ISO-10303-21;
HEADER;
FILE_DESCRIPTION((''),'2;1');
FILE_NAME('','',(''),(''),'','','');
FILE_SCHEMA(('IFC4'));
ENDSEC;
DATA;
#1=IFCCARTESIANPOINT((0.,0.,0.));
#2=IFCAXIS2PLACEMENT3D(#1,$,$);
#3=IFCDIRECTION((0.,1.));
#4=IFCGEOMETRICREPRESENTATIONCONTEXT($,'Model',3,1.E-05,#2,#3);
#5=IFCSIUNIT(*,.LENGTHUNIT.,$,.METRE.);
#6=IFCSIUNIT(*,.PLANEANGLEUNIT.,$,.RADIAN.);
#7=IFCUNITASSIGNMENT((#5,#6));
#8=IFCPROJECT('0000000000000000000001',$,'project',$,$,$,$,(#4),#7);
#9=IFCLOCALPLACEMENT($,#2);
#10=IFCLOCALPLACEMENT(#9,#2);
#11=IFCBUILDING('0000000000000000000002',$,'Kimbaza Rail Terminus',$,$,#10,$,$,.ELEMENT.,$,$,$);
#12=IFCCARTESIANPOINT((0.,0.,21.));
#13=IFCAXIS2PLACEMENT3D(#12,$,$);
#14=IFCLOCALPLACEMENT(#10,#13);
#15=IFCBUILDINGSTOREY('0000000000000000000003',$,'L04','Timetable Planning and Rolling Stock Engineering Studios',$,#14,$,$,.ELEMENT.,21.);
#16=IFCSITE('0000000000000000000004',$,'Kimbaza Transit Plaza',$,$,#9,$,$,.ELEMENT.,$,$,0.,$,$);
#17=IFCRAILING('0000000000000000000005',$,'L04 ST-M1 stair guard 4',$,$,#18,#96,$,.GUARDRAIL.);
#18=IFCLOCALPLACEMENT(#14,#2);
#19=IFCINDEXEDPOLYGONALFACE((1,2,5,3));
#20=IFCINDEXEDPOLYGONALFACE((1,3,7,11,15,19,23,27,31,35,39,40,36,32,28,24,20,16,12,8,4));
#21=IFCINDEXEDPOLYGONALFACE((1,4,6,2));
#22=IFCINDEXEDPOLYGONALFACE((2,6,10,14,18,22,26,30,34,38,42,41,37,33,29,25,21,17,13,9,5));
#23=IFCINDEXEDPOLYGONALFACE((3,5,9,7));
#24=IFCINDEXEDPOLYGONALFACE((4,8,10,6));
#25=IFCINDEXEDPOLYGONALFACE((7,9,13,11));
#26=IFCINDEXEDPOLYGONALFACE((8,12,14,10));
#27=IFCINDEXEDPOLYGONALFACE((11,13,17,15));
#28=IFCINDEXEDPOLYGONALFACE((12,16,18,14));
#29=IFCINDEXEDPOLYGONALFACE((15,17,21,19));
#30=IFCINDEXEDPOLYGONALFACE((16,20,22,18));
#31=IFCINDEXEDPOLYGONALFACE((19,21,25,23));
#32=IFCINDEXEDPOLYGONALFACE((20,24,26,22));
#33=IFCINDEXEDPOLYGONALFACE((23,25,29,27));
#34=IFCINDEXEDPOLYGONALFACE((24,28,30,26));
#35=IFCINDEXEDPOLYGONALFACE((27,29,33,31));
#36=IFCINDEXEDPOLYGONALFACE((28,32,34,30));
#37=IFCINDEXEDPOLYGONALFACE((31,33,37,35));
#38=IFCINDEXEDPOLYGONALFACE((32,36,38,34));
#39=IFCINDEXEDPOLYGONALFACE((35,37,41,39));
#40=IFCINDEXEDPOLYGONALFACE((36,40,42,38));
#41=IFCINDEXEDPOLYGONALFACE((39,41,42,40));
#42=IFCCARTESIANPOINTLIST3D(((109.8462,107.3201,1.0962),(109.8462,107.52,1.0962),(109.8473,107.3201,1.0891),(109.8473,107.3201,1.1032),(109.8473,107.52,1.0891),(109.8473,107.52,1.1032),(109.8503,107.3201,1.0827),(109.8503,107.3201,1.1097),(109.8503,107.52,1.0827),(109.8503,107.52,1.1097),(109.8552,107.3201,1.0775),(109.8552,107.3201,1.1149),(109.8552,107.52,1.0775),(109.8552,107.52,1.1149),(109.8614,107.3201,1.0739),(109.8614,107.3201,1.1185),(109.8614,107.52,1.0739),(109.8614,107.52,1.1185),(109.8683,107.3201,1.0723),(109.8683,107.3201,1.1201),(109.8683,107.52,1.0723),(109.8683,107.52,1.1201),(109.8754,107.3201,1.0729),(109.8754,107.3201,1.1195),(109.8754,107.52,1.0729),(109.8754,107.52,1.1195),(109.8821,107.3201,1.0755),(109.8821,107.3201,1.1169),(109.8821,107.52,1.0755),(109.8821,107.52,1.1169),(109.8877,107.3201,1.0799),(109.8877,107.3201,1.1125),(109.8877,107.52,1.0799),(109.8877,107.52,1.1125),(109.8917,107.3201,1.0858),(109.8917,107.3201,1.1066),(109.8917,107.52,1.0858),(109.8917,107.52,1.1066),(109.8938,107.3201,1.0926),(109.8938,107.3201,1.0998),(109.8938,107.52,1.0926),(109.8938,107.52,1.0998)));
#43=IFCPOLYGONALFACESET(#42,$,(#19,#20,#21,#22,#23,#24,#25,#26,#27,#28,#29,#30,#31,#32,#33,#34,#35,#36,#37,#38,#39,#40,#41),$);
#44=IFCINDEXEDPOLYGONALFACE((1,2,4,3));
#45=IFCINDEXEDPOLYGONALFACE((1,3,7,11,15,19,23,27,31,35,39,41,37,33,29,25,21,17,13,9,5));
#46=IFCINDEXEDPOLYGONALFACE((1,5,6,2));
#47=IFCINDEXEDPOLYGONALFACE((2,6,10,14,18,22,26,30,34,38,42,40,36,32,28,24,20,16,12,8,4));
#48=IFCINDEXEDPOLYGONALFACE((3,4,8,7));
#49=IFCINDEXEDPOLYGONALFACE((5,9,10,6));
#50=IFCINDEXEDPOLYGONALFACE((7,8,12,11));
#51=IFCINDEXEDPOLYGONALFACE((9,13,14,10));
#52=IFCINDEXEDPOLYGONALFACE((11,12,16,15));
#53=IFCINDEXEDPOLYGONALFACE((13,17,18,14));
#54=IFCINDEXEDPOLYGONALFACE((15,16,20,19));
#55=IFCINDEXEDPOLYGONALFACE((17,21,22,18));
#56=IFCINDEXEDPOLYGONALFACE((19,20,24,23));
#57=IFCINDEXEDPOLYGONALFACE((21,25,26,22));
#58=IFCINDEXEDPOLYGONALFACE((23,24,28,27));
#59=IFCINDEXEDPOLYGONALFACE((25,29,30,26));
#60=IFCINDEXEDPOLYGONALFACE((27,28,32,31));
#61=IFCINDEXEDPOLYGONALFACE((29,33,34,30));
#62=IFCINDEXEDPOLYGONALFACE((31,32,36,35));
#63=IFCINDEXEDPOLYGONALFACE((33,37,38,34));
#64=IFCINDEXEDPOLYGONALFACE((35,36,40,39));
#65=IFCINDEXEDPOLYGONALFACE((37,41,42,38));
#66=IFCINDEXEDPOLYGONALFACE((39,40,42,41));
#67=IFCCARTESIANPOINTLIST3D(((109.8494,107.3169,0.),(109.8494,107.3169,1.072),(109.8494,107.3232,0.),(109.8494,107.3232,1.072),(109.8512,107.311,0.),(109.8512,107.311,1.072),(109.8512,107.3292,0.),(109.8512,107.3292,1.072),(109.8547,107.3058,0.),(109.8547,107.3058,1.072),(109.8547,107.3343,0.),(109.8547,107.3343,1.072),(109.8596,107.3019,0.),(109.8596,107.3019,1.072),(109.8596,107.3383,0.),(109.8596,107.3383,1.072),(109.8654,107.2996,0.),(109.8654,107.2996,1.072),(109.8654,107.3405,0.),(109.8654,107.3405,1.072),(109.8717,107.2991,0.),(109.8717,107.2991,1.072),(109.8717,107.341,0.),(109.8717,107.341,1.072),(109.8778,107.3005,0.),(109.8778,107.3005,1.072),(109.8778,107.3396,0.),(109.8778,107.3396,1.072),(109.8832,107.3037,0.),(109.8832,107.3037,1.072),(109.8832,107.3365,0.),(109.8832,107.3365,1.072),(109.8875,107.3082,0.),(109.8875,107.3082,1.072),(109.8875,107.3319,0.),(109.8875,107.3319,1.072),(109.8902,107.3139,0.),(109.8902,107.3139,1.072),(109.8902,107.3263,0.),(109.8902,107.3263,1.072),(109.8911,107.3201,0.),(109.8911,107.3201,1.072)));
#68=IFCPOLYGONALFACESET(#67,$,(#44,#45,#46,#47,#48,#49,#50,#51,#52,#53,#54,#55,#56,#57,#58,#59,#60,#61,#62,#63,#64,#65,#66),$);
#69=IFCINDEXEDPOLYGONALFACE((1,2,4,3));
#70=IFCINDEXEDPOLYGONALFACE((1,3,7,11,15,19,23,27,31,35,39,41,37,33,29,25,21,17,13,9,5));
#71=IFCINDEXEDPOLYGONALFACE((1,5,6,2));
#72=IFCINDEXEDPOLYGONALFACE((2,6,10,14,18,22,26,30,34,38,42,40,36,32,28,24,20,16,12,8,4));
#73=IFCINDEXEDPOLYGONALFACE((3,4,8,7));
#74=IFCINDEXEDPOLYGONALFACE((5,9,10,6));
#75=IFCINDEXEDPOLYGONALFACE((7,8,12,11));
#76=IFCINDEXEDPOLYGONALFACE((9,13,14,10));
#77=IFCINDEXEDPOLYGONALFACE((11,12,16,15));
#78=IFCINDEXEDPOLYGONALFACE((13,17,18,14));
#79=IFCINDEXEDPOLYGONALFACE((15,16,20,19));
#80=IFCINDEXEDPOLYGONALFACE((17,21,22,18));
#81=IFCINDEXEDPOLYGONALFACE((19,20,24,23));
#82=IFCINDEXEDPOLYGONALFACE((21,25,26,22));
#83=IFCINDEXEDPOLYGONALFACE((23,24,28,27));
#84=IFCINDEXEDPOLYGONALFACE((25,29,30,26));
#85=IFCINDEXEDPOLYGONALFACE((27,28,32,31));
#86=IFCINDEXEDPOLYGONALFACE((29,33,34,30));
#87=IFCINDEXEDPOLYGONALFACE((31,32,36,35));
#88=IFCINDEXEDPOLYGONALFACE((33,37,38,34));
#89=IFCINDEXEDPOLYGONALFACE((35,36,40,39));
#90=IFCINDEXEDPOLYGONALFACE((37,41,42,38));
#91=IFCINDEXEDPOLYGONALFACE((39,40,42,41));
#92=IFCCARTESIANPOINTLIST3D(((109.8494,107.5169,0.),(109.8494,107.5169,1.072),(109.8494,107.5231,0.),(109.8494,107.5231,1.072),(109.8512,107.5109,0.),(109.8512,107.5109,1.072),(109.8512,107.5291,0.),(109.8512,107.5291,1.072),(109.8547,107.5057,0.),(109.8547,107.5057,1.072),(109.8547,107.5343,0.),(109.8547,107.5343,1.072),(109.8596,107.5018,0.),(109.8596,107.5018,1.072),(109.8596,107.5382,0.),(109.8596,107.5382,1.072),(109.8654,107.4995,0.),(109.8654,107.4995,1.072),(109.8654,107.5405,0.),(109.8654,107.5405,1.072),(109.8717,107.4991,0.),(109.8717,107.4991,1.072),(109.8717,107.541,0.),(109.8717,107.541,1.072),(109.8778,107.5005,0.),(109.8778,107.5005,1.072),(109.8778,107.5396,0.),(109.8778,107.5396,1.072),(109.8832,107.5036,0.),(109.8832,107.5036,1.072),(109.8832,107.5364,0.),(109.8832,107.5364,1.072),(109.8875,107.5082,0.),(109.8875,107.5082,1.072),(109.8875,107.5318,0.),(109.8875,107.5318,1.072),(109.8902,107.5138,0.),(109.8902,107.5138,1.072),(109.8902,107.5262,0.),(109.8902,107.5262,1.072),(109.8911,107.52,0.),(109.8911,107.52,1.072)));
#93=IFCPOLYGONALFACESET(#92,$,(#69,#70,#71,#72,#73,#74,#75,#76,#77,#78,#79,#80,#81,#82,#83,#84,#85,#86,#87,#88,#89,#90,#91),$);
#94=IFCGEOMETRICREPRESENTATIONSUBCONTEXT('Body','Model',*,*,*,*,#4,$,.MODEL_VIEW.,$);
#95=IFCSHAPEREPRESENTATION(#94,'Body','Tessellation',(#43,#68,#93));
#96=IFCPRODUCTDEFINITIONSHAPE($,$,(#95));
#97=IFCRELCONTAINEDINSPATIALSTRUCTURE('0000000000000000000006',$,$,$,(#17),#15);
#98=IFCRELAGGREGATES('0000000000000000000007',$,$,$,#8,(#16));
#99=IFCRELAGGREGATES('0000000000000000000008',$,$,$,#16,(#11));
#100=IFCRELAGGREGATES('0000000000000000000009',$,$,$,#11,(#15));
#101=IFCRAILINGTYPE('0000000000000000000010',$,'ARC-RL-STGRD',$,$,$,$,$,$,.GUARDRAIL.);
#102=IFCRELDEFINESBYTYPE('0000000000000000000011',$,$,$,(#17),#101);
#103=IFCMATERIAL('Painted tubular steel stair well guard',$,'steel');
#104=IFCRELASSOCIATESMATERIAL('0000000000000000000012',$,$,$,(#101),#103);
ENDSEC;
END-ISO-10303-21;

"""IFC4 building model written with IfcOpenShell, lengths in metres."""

from ifc_helpers import new_model, si_unit, direction, frame, origin, origin_2d, place, context, subcontext, project, spatial, circle, extrude, material, type_object, element, save


model = new_model("IFC4")

# Units and contexts
model_context = context("Model", 3, precision=1e-05, world=origin(), true_north=direction((0.0, 1.0)))
body_context = subcontext(model_context, "Body", "Model", "MODEL_VIEW")
ifc_project = project(units=[si_unit("LENGTHUNIT", "METRE"), si_unit("PLANEANGLEUNIT", "RADIAN")], contexts=[model_context])

# Site, building, storey
site_placement = place(None, origin())
site = spatial("IfcSite", under=ifc_project, at=site_placement, Name="Kimbaza Transit Plaza", CompositionType="ELEMENT", RefElevation=0.0)
building_placement = place(site_placement, origin())
building = spatial("IfcBuilding", under=site, at=building_placement, Name="Kimbaza Rail Terminus", CompositionType="ELEMENT")
storey_placement = place(building_placement, frame((0.0, 0.0, 21.0)))
storey = spatial("IfcBuildingStorey", under=building, at=storey_placement, Name="L04", Description="Timetable Planning and Rolling Stock Engineering Studios", CompositionType="ELEMENT", Elevation=21.0)

# Railing
ifc_material_1 = material(Name="Painted tubular steel stair well guard", Category="steel")
railing_type_1 = type_object("IfcRailingType", Name="ARC-RL-STGRD", PredefinedType="GUARDRAIL", material=ifc_material_1)
railing_1_placement = place(storey_placement, frame((109.8701, 107.3201, 0.0)))
element("IfcRailing", 1, at=railing_1_placement, inside=storey, type_object=railing_type_1, Name="L04 ST-M1 stair guard 4", PredefinedType="GUARDRAIL", context=body_context, shape_type="SweptSolid", body=[
    extrude(circle(Radius=0.0239, at=origin_2d()), frame((0.0, 0.0, 1.0962), z_axis=(0.0, 1.0, 0.0), x_axis=(-1.0, 0.0, 0.0)), (0.0, 0.0, 1.0), 0.2),
    extrude(circle(Radius=0.021, at=origin_2d()), origin(), (0.0, 0.0, 1.0), 1.072),
    extrude(circle(Radius=0.021, at=origin_2d()), frame((0.0, 0.2, 0.0)), (0.0, 0.0, 1.0), 1.072),
])

save(model, "model.ifc")
